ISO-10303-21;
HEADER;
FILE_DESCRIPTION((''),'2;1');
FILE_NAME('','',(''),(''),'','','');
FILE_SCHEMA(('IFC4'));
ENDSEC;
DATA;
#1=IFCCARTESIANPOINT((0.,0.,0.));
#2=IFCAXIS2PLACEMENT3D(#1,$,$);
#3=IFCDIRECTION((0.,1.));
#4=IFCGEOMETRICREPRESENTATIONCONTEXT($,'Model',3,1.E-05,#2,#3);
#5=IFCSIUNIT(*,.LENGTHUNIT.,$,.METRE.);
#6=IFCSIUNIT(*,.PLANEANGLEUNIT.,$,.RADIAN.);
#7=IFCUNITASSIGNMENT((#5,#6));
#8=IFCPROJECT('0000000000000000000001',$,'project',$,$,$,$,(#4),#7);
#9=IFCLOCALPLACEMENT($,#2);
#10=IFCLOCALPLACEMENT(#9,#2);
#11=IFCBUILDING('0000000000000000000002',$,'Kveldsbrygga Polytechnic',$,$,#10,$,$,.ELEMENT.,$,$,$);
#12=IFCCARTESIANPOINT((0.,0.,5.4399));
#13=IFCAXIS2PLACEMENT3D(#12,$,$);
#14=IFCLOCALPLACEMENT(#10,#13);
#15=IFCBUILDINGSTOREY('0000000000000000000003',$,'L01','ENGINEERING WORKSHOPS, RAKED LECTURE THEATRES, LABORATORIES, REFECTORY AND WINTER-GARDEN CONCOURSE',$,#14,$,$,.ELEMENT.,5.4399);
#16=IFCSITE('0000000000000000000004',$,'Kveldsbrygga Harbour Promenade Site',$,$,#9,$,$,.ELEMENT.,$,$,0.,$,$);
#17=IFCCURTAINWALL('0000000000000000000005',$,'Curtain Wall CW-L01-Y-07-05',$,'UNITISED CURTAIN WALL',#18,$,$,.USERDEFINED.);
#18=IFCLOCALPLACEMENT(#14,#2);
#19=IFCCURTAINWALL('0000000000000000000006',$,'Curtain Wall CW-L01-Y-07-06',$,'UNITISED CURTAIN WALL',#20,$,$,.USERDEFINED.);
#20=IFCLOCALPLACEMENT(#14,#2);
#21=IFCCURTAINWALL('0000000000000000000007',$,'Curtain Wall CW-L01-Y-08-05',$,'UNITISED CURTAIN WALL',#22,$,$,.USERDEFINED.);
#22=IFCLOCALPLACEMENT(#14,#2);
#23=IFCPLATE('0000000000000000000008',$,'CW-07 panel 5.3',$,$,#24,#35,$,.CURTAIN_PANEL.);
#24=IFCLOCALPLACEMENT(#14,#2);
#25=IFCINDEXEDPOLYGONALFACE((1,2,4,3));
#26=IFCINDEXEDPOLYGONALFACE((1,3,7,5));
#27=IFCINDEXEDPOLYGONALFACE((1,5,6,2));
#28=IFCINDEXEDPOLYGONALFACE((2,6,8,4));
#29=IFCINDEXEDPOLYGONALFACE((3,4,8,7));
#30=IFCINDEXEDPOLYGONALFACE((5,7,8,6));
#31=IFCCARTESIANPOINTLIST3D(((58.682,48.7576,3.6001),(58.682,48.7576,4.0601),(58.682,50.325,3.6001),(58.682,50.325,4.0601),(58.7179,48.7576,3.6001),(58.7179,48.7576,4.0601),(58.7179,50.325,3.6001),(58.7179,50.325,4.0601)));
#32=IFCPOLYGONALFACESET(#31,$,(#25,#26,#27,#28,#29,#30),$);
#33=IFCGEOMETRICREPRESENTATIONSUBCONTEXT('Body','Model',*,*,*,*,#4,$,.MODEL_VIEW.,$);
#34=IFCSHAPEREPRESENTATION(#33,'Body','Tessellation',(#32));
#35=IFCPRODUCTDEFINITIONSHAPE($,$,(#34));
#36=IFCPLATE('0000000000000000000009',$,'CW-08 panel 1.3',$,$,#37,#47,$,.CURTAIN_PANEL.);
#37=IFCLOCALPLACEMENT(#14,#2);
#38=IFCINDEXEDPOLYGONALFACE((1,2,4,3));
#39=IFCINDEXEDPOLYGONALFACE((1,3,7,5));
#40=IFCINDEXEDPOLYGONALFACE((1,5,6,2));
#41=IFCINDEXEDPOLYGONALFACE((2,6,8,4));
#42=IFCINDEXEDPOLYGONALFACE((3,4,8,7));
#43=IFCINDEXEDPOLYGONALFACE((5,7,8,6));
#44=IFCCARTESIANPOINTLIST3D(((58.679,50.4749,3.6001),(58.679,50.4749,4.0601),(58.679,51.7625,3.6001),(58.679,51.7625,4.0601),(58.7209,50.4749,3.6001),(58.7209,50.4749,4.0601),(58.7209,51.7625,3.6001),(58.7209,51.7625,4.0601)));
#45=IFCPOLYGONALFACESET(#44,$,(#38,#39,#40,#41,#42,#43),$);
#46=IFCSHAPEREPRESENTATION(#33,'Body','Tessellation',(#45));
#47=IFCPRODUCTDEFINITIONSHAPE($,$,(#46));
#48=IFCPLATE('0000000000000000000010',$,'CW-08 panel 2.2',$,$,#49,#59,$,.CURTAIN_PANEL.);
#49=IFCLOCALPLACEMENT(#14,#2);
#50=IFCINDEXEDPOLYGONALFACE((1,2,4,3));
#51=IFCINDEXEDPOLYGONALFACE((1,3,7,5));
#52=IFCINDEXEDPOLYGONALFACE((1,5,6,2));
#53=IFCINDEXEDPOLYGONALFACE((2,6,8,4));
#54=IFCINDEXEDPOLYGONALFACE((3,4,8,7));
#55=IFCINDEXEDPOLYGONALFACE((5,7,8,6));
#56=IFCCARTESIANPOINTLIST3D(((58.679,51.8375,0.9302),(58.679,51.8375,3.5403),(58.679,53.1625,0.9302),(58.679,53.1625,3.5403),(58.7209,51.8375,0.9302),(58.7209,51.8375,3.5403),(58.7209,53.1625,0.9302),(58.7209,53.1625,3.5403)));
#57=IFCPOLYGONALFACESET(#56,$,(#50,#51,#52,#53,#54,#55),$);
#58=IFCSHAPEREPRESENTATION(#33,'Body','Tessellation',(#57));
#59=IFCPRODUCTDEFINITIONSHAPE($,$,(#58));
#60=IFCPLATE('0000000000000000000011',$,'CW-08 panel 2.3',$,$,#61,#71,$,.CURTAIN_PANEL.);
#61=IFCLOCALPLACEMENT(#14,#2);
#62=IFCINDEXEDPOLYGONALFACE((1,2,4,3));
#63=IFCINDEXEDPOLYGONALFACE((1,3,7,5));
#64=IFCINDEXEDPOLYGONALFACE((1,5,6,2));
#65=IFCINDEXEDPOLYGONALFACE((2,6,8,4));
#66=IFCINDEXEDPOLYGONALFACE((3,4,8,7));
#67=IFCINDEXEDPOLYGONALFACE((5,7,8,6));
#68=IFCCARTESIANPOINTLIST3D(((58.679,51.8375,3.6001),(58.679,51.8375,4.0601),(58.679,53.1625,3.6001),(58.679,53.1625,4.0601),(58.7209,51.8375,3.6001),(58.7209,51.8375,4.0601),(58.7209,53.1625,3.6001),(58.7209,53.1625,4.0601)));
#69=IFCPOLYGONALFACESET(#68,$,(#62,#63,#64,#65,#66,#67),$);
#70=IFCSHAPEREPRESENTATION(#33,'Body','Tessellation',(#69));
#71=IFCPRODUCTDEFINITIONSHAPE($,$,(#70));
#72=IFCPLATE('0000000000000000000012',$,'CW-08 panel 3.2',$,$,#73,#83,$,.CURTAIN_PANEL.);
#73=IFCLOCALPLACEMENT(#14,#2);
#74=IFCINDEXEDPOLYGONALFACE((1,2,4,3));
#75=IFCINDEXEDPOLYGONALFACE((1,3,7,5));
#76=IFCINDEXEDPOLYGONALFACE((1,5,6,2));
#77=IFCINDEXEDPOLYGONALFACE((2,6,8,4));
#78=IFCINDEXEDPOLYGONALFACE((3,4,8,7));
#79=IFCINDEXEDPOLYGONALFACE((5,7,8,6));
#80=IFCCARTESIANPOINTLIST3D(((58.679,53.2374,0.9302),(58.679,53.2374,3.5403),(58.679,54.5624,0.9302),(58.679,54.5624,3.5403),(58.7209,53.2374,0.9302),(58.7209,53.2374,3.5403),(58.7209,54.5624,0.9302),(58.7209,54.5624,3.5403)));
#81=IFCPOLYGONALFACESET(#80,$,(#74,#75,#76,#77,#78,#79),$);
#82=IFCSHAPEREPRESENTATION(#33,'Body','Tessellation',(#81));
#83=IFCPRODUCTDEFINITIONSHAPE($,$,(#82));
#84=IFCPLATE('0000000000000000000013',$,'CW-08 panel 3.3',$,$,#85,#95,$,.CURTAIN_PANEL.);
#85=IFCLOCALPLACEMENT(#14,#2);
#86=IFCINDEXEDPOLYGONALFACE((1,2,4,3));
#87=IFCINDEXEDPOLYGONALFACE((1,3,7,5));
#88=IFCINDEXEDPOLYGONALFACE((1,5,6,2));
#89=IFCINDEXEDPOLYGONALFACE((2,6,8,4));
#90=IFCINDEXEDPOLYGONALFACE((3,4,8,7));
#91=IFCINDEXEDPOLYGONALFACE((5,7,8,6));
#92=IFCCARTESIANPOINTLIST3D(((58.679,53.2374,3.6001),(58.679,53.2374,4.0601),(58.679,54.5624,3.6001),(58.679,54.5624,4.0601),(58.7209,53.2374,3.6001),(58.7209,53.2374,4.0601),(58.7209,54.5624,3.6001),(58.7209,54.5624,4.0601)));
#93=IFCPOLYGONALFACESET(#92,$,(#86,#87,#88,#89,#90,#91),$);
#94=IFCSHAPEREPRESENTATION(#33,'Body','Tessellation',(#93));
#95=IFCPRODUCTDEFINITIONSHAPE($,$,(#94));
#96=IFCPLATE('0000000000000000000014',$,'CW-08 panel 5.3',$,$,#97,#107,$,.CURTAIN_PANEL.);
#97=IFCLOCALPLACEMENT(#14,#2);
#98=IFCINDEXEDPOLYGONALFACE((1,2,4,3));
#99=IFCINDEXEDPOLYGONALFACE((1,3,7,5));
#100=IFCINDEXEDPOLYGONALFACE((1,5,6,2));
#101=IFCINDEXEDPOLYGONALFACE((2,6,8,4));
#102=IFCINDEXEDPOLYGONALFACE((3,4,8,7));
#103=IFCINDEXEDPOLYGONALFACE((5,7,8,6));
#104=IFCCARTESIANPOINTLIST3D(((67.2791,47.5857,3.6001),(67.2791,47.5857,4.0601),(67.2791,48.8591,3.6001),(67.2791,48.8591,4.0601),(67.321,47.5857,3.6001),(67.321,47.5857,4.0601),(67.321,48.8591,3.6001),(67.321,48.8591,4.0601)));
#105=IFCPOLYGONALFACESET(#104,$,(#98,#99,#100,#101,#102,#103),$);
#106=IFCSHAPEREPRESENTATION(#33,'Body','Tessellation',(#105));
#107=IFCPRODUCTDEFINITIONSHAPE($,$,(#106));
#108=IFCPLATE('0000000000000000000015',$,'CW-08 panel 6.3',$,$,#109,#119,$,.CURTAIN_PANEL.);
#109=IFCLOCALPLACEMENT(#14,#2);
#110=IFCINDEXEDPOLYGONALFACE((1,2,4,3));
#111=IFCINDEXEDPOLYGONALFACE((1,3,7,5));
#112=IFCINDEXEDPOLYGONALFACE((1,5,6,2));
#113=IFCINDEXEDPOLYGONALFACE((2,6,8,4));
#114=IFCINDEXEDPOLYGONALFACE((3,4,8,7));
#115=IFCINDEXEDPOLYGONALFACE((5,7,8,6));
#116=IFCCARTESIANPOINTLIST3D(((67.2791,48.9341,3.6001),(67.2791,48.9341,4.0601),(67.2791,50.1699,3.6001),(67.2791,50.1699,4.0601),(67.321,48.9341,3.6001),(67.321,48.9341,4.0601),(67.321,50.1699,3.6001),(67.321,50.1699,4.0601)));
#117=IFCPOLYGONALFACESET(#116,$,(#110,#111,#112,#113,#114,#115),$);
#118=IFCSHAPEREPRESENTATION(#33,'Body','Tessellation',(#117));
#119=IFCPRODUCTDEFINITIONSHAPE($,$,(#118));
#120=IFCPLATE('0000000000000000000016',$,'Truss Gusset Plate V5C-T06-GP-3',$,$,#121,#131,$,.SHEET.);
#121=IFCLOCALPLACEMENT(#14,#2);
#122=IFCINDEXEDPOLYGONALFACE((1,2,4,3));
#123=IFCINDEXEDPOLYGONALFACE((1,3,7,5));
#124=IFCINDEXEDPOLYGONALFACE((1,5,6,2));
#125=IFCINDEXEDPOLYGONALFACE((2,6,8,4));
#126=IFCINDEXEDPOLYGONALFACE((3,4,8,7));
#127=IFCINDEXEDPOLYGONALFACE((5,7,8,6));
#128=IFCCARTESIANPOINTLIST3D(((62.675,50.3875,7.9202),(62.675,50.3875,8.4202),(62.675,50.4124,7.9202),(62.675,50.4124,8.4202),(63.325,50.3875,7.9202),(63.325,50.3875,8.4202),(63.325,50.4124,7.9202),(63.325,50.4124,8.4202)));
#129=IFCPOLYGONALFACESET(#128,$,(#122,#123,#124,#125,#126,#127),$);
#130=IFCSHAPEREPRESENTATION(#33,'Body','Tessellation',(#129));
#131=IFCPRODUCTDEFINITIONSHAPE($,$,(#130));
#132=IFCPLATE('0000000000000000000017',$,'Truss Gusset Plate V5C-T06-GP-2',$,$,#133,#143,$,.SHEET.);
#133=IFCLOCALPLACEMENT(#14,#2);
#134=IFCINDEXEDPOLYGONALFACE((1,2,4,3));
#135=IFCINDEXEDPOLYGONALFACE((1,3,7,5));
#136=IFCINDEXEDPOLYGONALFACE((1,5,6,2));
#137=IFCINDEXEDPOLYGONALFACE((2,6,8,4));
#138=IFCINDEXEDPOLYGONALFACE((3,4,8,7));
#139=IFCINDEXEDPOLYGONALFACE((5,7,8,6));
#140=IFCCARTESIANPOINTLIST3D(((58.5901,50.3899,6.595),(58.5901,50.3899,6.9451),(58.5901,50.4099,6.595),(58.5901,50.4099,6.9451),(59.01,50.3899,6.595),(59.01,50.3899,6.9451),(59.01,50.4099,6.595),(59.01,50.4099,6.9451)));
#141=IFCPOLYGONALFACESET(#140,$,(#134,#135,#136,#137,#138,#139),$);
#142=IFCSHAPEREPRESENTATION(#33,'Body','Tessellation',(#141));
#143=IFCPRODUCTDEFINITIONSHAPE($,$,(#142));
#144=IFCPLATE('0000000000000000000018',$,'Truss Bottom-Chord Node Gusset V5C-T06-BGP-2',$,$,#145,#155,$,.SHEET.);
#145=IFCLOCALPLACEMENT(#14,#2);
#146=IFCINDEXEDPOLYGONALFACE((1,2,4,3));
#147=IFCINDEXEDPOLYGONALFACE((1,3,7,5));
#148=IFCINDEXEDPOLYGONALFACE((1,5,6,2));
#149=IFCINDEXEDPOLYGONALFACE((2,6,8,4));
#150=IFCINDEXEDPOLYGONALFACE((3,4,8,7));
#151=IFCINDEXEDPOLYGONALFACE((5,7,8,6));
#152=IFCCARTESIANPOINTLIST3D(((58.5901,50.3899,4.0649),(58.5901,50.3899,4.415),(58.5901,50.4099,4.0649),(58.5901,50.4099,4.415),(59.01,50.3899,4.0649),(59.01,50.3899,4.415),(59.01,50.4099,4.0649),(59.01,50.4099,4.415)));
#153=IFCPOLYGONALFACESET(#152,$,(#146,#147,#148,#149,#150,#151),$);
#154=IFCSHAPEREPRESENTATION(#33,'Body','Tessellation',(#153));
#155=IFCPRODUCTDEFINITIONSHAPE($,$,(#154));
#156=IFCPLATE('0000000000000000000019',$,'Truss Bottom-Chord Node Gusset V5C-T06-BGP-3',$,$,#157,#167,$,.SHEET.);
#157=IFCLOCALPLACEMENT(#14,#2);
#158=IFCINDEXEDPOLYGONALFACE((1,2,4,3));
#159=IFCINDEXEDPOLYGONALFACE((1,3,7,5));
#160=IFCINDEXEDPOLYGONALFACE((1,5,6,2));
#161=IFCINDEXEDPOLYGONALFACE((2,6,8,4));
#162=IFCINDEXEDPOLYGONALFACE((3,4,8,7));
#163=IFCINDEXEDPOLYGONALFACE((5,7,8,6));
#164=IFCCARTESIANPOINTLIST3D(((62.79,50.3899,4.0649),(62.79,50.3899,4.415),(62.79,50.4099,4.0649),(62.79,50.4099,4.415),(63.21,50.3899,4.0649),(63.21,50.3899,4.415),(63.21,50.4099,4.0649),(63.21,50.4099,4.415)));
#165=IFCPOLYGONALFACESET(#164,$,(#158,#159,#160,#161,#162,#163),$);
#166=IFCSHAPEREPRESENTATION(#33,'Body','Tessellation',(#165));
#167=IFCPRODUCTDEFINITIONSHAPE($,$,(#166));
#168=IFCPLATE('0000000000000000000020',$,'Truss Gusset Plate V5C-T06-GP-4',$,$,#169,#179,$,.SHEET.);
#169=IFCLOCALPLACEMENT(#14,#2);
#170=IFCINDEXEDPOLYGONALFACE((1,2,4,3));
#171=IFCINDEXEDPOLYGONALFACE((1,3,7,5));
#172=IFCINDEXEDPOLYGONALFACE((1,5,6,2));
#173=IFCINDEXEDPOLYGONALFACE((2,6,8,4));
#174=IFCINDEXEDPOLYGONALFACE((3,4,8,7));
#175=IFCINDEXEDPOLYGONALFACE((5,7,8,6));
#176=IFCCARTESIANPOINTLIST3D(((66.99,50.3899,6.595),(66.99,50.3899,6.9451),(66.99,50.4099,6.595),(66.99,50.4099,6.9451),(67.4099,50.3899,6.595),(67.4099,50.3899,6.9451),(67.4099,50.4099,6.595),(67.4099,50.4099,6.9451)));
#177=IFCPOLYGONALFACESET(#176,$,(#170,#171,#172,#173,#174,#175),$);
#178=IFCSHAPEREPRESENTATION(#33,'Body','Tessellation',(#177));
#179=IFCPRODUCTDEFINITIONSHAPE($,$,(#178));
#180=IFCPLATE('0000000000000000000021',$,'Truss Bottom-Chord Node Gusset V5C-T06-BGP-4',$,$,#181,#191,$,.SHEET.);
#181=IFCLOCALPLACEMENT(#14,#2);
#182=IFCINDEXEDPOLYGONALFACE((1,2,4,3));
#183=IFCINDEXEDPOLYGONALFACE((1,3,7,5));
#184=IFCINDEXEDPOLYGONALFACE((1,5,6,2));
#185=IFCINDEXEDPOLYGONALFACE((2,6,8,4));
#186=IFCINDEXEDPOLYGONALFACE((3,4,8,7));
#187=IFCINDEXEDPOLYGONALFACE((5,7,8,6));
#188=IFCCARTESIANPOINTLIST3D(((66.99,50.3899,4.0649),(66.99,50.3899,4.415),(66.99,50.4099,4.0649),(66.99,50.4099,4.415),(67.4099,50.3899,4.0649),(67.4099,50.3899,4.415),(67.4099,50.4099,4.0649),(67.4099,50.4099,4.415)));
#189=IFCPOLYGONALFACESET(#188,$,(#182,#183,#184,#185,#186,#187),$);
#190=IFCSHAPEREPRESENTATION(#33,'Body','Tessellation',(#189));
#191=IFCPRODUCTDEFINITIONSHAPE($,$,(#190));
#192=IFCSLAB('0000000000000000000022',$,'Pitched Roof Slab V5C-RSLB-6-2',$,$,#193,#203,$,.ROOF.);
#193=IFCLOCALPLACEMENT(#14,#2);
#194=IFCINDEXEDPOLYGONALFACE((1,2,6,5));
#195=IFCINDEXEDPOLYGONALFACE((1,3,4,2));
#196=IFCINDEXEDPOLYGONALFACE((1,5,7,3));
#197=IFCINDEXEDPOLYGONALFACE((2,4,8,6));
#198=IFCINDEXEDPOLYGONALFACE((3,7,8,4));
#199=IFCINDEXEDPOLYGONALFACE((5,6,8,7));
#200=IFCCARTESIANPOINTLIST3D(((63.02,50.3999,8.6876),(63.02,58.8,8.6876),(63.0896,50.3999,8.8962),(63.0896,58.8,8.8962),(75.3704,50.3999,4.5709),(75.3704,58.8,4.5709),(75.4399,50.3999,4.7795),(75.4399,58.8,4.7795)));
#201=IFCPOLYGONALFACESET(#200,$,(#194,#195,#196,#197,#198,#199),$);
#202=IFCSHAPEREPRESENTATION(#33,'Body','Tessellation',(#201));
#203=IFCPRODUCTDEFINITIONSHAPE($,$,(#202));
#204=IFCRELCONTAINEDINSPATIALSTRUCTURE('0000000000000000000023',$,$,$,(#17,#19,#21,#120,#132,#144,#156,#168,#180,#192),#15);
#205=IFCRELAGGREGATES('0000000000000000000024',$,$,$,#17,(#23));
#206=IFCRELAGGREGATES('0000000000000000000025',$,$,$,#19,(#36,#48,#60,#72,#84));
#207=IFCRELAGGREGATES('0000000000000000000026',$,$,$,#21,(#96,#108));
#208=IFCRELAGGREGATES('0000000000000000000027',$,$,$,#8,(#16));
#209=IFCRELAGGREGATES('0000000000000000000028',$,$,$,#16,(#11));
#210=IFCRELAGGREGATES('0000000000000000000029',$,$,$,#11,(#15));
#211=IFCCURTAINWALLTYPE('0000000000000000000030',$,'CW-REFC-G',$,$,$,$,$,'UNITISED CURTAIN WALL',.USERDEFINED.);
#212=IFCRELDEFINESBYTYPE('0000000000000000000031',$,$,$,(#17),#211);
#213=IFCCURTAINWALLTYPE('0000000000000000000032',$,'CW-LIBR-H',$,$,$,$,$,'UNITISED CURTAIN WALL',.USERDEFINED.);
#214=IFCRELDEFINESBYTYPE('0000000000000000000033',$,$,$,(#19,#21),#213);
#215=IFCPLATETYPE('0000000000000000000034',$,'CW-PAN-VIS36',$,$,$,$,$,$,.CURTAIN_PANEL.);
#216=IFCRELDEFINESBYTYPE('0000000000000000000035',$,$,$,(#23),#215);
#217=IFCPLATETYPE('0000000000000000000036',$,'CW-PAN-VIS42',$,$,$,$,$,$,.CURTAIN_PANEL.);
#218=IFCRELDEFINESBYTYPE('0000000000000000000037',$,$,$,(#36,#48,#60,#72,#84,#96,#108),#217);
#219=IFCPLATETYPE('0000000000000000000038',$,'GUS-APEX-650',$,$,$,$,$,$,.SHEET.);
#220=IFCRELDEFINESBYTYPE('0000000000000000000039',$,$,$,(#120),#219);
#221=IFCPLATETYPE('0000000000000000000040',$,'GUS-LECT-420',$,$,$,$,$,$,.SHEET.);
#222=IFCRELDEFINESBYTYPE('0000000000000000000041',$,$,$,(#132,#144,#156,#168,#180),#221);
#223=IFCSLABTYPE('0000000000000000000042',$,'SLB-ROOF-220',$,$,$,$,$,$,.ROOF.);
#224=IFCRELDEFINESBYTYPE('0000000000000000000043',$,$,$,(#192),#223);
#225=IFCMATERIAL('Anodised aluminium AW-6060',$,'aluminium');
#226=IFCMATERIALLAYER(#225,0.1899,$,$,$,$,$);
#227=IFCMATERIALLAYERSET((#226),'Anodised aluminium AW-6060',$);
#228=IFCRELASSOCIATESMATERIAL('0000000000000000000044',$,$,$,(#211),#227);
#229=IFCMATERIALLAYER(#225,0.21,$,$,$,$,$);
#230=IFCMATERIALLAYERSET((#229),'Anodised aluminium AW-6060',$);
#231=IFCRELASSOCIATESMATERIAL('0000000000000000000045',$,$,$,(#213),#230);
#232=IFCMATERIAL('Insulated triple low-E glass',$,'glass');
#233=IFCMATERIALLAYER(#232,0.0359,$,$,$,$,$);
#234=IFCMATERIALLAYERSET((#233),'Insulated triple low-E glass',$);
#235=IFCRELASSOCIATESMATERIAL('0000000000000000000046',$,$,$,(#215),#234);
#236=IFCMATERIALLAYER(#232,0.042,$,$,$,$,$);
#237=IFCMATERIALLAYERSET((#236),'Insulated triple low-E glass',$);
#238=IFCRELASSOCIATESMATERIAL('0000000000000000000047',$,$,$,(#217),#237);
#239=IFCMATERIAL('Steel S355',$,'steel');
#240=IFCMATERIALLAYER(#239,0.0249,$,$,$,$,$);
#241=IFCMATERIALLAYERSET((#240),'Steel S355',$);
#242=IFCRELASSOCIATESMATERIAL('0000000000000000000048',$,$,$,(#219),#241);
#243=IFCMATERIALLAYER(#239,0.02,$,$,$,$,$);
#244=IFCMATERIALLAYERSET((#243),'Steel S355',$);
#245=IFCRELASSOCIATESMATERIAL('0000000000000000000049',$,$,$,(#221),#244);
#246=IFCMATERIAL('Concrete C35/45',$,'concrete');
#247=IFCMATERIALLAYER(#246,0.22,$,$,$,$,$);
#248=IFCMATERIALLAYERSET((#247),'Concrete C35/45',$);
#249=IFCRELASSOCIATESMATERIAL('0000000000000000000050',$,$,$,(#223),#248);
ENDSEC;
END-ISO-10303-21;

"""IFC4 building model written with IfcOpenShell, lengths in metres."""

from ifc_helpers import new_model, si_unit, direction, frame, origin, origin_2d, place, context, subcontext, project, spatial, polyline, rectangle, outline, extrude, material, layer, layer_set, type_object, element, aggregate, save


model = new_model("IFC4")

# Units and contexts
model_context = context("Model", 3, precision=1e-05, world=origin(), true_north=direction((0.0, 1.0)))
body_context = subcontext(model_context, "Body", "Model", "MODEL_VIEW")
ifc_project = project(units=[si_unit("LENGTHUNIT", "METRE"), si_unit("PLANEANGLEUNIT", "RADIAN")], contexts=[model_context])

# Site, building, storey
site_placement = place(None, origin())
site = spatial("IfcSite", under=ifc_project, at=site_placement, Name="Kveldsbrygga Harbour Promenade Site", CompositionType="ELEMENT", RefElevation=0.0)
building_placement = place(site_placement, origin())
building = spatial("IfcBuilding", under=site, at=building_placement, Name="Kveldsbrygga Polytechnic", CompositionType="ELEMENT")
storey_placement = place(building_placement, frame((0.0, 0.0, 5.4399)))
storey = spatial("IfcBuildingStorey", under=building, at=storey_placement, Name="L01", Description="ENGINEERING WORKSHOPS, RAKED LECTURE THEATRES, LABORATORIES, REFECTORY AND WINTER-GARDEN CONCOURSE", CompositionType="ELEMENT", Elevation=5.4399)

# Curtain walls
ifc_material_1 = material(Name="Anodised aluminium AW-6060", Category="aluminium")
ifc_layer_1 = layer(ifc_material_1, 0.1899)
ifc_layer_set_1 = layer_set([ifc_layer_1], Name="Anodised aluminium AW-6060")
curtain_wall_type_1 = type_object("IfcCurtainWallType", Name="CW-REFC-G", ElementType="UNITISED CURTAIN WALL", PredefinedType="USERDEFINED", material=ifc_layer_set_1)
curtain_wall_1_placement = place(storey_placement, origin())
curtain_wall_1 = element("IfcCurtainWall", 1, at=curtain_wall_1_placement, inside=storey, type_object=curtain_wall_type_1, Name="Curtain Wall CW-L01-Y-07-05", ObjectType="UNITISED CURTAIN WALL", PredefinedType="USERDEFINED")
ifc_layer_2 = layer(ifc_material_1, 0.21)
ifc_layer_set_2 = layer_set([ifc_layer_2], Name="Anodised aluminium AW-6060")
curtain_wall_type_2 = type_object("IfcCurtainWallType", Name="CW-LIBR-H", ElementType="UNITISED CURTAIN WALL", PredefinedType="USERDEFINED", material=ifc_layer_set_2)
curtain_wall_2_placement = place(storey_placement, origin())
curtain_wall_2 = element("IfcCurtainWall", 2, at=curtain_wall_2_placement, inside=storey, type_object=curtain_wall_type_2, Name="Curtain Wall CW-L01-Y-07-06", ObjectType="UNITISED CURTAIN WALL", PredefinedType="USERDEFINED")
curtain_wall_3_placement = place(storey_placement, origin())
curtain_wall_3 = element("IfcCurtainWall", 3, at=curtain_wall_3_placement, inside=storey, type_object=curtain_wall_type_2, Name="Curtain Wall CW-L01-Y-08-05", ObjectType="UNITISED CURTAIN WALL", PredefinedType="USERDEFINED")

# Shared definitions
ifc_material_2 = material(Name="Steel S355", Category="steel")

# Plates
ifc_material_3 = material(Name="Insulated triple low-E glass", Category="glass")
ifc_layer_3 = layer(ifc_material_3, 0.0359)
ifc_layer_set_3 = layer_set([ifc_layer_3], Name="Insulated triple low-E glass")
plate_type_1 = type_object("IfcPlateType", Name="CW-PAN-VIS36", PredefinedType="CURTAIN_PANEL", material=ifc_layer_set_3)
plate_1_placement = place(storey_placement, frame((58.7, 49.5413, 3.6001), z_axis=(0.0, 0.0, 1.0), x_axis=(0.0, 1.0, 0.0)))
plate_1 = element("IfcPlate", 4, at=plate_1_placement, type_object=plate_type_1, Name="CW-07 panel 5.3", PredefinedType="CURTAIN_PANEL", context=body_context, shape_type="SweptSolid", body=[
    extrude(rectangle(XDim=1.5674, YDim=0.0359, at=origin_2d()), origin(), (0.0, 0.0, 1.0), 0.46),
])
aggregate(curtain_wall_1, [plate_1])
ifc_layer_4 = layer(ifc_material_3, 0.042)
ifc_layer_set_4 = layer_set([ifc_layer_4], Name="Insulated triple low-E glass")
plate_type_2 = type_object("IfcPlateType", Name="CW-PAN-VIS42", PredefinedType="CURTAIN_PANEL", material=ifc_layer_set_4)
plate_2_placement = place(storey_placement, frame((58.7, 51.1187, 3.6001), z_axis=(0.0, 0.0, 1.0), x_axis=(0.0, 1.0, 0.0)))
plate_2 = element("IfcPlate", 5, at=plate_2_placement, type_object=plate_type_2, Name="CW-08 panel 1.3", PredefinedType="CURTAIN_PANEL", context=body_context, shape_type="SweptSolid", body=[
    extrude(rectangle(XDim=1.2876, YDim=0.042, at=origin_2d()), origin(), (0.0, 0.0, 1.0), 0.46),
])
plate_3_placement = place(storey_placement, frame((58.7, 52.5, 0.9302), z_axis=(0.0, 0.0, 1.0), x_axis=(0.0, 1.0, 0.0)))
plate_3 = element("IfcPlate", 6, at=plate_3_placement, type_object=plate_type_2, Name="CW-08 panel 2.2", PredefinedType="CURTAIN_PANEL", context=body_context, shape_type="SweptSolid", body=[
    extrude(rectangle(XDim=1.325, YDim=0.042, at=origin_2d()), origin(), (0.0, 0.0, 1.0), 2.6101),
])
plate_4_placement = place(storey_placement, frame((58.7, 52.5, 3.6001), z_axis=(0.0, 0.0, 1.0), x_axis=(0.0, 1.0, 0.0)))
plate_4 = element("IfcPlate", 7, at=plate_4_placement, type_object=plate_type_2, Name="CW-08 panel 2.3", PredefinedType="CURTAIN_PANEL", context=body_context, shape_type="SweptSolid", body=[
    extrude(rectangle(XDim=1.325, YDim=0.042, at=origin_2d()), origin(), (0.0, 0.0, 1.0), 0.46),
])
plate_5_placement = place(storey_placement, frame((58.7, 53.8999, 0.9302), z_axis=(0.0, 0.0, 1.0), x_axis=(0.0, 1.0, 0.0)))
plate_5 = element("IfcPlate", 8, at=plate_5_placement, type_object=plate_type_2, Name="CW-08 panel 3.2", PredefinedType="CURTAIN_PANEL", context=body_context, shape_type="SweptSolid", body=[
    extrude(rectangle(XDim=1.325, YDim=0.042, at=origin_2d()), origin(), (0.0, 0.0, 1.0), 2.6101),
])
plate_6_placement = place(storey_placement, frame((58.7, 53.8999, 3.6001), z_axis=(0.0, 0.0, 1.0), x_axis=(0.0, 1.0, 0.0)))
plate_6 = element("IfcPlate", 9, at=plate_6_placement, type_object=plate_type_2, Name="CW-08 panel 3.3", PredefinedType="CURTAIN_PANEL", context=body_context, shape_type="SweptSolid", body=[
    extrude(rectangle(XDim=1.325, YDim=0.042, at=origin_2d()), origin(), (0.0, 0.0, 1.0), 0.46),
])
aggregate(curtain_wall_2, [plate_2, plate_3, plate_4, plate_5, plate_6])
plate_7_placement = place(storey_placement, frame((67.3, 48.2224, 3.6001), z_axis=(0.0, 0.0, 1.0), x_axis=(0.0, 1.0, 0.0)))
plate_7 = element("IfcPlate", 10, at=plate_7_placement, type_object=plate_type_2, Name="CW-08 panel 5.3", PredefinedType="CURTAIN_PANEL", context=body_context, shape_type="SweptSolid", body=[
    extrude(rectangle(XDim=1.2734, YDim=0.042, at=origin_2d()), origin(), (0.0, 0.0, 1.0), 0.46),
])
plate_8_placement = place(storey_placement, frame((67.3, 49.552, 3.6001), z_axis=(0.0, 0.0, 1.0), x_axis=(0.0, 1.0, 0.0)))
plate_8 = element("IfcPlate", 11, at=plate_8_placement, type_object=plate_type_2, Name="CW-08 panel 6.3", PredefinedType="CURTAIN_PANEL", context=body_context, shape_type="SweptSolid", body=[
    extrude(rectangle(XDim=1.2358, YDim=0.042, at=origin_2d()), origin(), (0.0, 0.0, 1.0), 0.46),
])
aggregate(curtain_wall_3, [plate_7, plate_8])

# Plates
ifc_layer_5 = layer(ifc_material_2, 0.0249)
ifc_layer_set_5 = layer_set([ifc_layer_5], Name="Steel S355")
plate_type_3 = type_object("IfcPlateType", Name="GUS-APEX-650", PredefinedType="SHEET", material=ifc_layer_set_5)
plate_9_placement = place(storey_placement, frame((63.0, 50.3999, 7.9202), z_axis=(0.0, 0.0, 1.0), x_axis=(1.0, 0.0, 0.0)))
element("IfcPlate", 12, at=plate_9_placement, inside=storey, type_object=plate_type_3, Name="Truss Gusset Plate V5C-T06-GP-3", PredefinedType="SHEET", context=body_context, shape_type="SweptSolid", body=[
    extrude(rectangle(XDim=0.6499, YDim=0.0249, at=origin_2d()), origin(), (0.0, 0.0, 1.0), 0.5),
])
ifc_layer_6 = layer(ifc_material_2, 0.02)
ifc_layer_set_6 = layer_set([ifc_layer_6], Name="Steel S355")
plate_type_4 = type_object("IfcPlateType", Name="GUS-LECT-420", PredefinedType="SHEET", material=ifc_layer_set_6)
for number, where, z_axis, x_axis, name in (
    (13, (58.8, 50.3999, 6.595), (0.0, 0.0, 1.0), (1.0, 0.0, 0.0), "Truss Gusset Plate V5C-T06-GP-2"),
    (14, (58.8, 50.3999, 4.0649), (0.0, 0.0, 1.0), (1.0, 0.0, 0.0), "Truss Bottom-Chord Node Gusset V5C-T06-BGP-2"),
    (15, (63.0, 50.3999, 4.0649), (0.0, 0.0, 1.0), (1.0, 0.0, 0.0), "Truss Bottom-Chord Node Gusset V5C-T06-BGP-3"),
    (16, (67.2, 50.3999, 6.595), (0.0, 0.0, 1.0), (1.0, 0.0, 0.0), "Truss Gusset Plate V5C-T06-GP-4"),
    (17, (67.2, 50.3999, 4.0649), (0.0, 0.0, 1.0), (1.0, 0.0, 0.0), "Truss Bottom-Chord Node Gusset V5C-T06-BGP-4"),
):
    element("IfcPlate", number, at=place(storey_placement, frame(where, z_axis=z_axis, x_axis=x_axis)), inside=storey, type_object=plate_type_4, Name=name, PredefinedType="SHEET", context=body_context, shape_type="SweptSolid", body=[
        extrude(rectangle(XDim=0.4199, YDim=0.02, at=origin_2d()), origin(), (0.0, 0.0, 1.0), 0.3501),
    ])

# Slab
ifc_material_4 = material(Name="Concrete C35/45", Category="concrete")
ifc_layer_7 = layer(ifc_material_4, 0.22)
ifc_layer_set_7 = layer_set([ifc_layer_7], Name="Concrete C35/45")
slab_type = type_object("IfcSlabType", Name="SLB-ROOF-220", PredefinedType="ROOF", material=ifc_layer_set_7)
slab_placement = place(storey_placement, frame((63.0896, 50.3999, 8.8962), z_axis=(0.316222, 0.0, 0.948685), x_axis=(0.948685, 0.0, -0.316222)))
element("IfcSlab", 18, at=slab_placement, inside=storey, type_object=slab_type, Name="Pitched Roof Slab V5C-RSLB-6-2", PredefinedType="ROOF", context=body_context, shape_type="SweptSolid", body=[
    extrude(outline(polyline([(0.0, 0.0), (13.0184, 0.0), (13.0184, 8.4001), (0.0, 8.4001), (0.0, 0.0)])), origin(), (0.0, 0.0, -1.0), 0.22),
])

save(model, "model.ifc")
